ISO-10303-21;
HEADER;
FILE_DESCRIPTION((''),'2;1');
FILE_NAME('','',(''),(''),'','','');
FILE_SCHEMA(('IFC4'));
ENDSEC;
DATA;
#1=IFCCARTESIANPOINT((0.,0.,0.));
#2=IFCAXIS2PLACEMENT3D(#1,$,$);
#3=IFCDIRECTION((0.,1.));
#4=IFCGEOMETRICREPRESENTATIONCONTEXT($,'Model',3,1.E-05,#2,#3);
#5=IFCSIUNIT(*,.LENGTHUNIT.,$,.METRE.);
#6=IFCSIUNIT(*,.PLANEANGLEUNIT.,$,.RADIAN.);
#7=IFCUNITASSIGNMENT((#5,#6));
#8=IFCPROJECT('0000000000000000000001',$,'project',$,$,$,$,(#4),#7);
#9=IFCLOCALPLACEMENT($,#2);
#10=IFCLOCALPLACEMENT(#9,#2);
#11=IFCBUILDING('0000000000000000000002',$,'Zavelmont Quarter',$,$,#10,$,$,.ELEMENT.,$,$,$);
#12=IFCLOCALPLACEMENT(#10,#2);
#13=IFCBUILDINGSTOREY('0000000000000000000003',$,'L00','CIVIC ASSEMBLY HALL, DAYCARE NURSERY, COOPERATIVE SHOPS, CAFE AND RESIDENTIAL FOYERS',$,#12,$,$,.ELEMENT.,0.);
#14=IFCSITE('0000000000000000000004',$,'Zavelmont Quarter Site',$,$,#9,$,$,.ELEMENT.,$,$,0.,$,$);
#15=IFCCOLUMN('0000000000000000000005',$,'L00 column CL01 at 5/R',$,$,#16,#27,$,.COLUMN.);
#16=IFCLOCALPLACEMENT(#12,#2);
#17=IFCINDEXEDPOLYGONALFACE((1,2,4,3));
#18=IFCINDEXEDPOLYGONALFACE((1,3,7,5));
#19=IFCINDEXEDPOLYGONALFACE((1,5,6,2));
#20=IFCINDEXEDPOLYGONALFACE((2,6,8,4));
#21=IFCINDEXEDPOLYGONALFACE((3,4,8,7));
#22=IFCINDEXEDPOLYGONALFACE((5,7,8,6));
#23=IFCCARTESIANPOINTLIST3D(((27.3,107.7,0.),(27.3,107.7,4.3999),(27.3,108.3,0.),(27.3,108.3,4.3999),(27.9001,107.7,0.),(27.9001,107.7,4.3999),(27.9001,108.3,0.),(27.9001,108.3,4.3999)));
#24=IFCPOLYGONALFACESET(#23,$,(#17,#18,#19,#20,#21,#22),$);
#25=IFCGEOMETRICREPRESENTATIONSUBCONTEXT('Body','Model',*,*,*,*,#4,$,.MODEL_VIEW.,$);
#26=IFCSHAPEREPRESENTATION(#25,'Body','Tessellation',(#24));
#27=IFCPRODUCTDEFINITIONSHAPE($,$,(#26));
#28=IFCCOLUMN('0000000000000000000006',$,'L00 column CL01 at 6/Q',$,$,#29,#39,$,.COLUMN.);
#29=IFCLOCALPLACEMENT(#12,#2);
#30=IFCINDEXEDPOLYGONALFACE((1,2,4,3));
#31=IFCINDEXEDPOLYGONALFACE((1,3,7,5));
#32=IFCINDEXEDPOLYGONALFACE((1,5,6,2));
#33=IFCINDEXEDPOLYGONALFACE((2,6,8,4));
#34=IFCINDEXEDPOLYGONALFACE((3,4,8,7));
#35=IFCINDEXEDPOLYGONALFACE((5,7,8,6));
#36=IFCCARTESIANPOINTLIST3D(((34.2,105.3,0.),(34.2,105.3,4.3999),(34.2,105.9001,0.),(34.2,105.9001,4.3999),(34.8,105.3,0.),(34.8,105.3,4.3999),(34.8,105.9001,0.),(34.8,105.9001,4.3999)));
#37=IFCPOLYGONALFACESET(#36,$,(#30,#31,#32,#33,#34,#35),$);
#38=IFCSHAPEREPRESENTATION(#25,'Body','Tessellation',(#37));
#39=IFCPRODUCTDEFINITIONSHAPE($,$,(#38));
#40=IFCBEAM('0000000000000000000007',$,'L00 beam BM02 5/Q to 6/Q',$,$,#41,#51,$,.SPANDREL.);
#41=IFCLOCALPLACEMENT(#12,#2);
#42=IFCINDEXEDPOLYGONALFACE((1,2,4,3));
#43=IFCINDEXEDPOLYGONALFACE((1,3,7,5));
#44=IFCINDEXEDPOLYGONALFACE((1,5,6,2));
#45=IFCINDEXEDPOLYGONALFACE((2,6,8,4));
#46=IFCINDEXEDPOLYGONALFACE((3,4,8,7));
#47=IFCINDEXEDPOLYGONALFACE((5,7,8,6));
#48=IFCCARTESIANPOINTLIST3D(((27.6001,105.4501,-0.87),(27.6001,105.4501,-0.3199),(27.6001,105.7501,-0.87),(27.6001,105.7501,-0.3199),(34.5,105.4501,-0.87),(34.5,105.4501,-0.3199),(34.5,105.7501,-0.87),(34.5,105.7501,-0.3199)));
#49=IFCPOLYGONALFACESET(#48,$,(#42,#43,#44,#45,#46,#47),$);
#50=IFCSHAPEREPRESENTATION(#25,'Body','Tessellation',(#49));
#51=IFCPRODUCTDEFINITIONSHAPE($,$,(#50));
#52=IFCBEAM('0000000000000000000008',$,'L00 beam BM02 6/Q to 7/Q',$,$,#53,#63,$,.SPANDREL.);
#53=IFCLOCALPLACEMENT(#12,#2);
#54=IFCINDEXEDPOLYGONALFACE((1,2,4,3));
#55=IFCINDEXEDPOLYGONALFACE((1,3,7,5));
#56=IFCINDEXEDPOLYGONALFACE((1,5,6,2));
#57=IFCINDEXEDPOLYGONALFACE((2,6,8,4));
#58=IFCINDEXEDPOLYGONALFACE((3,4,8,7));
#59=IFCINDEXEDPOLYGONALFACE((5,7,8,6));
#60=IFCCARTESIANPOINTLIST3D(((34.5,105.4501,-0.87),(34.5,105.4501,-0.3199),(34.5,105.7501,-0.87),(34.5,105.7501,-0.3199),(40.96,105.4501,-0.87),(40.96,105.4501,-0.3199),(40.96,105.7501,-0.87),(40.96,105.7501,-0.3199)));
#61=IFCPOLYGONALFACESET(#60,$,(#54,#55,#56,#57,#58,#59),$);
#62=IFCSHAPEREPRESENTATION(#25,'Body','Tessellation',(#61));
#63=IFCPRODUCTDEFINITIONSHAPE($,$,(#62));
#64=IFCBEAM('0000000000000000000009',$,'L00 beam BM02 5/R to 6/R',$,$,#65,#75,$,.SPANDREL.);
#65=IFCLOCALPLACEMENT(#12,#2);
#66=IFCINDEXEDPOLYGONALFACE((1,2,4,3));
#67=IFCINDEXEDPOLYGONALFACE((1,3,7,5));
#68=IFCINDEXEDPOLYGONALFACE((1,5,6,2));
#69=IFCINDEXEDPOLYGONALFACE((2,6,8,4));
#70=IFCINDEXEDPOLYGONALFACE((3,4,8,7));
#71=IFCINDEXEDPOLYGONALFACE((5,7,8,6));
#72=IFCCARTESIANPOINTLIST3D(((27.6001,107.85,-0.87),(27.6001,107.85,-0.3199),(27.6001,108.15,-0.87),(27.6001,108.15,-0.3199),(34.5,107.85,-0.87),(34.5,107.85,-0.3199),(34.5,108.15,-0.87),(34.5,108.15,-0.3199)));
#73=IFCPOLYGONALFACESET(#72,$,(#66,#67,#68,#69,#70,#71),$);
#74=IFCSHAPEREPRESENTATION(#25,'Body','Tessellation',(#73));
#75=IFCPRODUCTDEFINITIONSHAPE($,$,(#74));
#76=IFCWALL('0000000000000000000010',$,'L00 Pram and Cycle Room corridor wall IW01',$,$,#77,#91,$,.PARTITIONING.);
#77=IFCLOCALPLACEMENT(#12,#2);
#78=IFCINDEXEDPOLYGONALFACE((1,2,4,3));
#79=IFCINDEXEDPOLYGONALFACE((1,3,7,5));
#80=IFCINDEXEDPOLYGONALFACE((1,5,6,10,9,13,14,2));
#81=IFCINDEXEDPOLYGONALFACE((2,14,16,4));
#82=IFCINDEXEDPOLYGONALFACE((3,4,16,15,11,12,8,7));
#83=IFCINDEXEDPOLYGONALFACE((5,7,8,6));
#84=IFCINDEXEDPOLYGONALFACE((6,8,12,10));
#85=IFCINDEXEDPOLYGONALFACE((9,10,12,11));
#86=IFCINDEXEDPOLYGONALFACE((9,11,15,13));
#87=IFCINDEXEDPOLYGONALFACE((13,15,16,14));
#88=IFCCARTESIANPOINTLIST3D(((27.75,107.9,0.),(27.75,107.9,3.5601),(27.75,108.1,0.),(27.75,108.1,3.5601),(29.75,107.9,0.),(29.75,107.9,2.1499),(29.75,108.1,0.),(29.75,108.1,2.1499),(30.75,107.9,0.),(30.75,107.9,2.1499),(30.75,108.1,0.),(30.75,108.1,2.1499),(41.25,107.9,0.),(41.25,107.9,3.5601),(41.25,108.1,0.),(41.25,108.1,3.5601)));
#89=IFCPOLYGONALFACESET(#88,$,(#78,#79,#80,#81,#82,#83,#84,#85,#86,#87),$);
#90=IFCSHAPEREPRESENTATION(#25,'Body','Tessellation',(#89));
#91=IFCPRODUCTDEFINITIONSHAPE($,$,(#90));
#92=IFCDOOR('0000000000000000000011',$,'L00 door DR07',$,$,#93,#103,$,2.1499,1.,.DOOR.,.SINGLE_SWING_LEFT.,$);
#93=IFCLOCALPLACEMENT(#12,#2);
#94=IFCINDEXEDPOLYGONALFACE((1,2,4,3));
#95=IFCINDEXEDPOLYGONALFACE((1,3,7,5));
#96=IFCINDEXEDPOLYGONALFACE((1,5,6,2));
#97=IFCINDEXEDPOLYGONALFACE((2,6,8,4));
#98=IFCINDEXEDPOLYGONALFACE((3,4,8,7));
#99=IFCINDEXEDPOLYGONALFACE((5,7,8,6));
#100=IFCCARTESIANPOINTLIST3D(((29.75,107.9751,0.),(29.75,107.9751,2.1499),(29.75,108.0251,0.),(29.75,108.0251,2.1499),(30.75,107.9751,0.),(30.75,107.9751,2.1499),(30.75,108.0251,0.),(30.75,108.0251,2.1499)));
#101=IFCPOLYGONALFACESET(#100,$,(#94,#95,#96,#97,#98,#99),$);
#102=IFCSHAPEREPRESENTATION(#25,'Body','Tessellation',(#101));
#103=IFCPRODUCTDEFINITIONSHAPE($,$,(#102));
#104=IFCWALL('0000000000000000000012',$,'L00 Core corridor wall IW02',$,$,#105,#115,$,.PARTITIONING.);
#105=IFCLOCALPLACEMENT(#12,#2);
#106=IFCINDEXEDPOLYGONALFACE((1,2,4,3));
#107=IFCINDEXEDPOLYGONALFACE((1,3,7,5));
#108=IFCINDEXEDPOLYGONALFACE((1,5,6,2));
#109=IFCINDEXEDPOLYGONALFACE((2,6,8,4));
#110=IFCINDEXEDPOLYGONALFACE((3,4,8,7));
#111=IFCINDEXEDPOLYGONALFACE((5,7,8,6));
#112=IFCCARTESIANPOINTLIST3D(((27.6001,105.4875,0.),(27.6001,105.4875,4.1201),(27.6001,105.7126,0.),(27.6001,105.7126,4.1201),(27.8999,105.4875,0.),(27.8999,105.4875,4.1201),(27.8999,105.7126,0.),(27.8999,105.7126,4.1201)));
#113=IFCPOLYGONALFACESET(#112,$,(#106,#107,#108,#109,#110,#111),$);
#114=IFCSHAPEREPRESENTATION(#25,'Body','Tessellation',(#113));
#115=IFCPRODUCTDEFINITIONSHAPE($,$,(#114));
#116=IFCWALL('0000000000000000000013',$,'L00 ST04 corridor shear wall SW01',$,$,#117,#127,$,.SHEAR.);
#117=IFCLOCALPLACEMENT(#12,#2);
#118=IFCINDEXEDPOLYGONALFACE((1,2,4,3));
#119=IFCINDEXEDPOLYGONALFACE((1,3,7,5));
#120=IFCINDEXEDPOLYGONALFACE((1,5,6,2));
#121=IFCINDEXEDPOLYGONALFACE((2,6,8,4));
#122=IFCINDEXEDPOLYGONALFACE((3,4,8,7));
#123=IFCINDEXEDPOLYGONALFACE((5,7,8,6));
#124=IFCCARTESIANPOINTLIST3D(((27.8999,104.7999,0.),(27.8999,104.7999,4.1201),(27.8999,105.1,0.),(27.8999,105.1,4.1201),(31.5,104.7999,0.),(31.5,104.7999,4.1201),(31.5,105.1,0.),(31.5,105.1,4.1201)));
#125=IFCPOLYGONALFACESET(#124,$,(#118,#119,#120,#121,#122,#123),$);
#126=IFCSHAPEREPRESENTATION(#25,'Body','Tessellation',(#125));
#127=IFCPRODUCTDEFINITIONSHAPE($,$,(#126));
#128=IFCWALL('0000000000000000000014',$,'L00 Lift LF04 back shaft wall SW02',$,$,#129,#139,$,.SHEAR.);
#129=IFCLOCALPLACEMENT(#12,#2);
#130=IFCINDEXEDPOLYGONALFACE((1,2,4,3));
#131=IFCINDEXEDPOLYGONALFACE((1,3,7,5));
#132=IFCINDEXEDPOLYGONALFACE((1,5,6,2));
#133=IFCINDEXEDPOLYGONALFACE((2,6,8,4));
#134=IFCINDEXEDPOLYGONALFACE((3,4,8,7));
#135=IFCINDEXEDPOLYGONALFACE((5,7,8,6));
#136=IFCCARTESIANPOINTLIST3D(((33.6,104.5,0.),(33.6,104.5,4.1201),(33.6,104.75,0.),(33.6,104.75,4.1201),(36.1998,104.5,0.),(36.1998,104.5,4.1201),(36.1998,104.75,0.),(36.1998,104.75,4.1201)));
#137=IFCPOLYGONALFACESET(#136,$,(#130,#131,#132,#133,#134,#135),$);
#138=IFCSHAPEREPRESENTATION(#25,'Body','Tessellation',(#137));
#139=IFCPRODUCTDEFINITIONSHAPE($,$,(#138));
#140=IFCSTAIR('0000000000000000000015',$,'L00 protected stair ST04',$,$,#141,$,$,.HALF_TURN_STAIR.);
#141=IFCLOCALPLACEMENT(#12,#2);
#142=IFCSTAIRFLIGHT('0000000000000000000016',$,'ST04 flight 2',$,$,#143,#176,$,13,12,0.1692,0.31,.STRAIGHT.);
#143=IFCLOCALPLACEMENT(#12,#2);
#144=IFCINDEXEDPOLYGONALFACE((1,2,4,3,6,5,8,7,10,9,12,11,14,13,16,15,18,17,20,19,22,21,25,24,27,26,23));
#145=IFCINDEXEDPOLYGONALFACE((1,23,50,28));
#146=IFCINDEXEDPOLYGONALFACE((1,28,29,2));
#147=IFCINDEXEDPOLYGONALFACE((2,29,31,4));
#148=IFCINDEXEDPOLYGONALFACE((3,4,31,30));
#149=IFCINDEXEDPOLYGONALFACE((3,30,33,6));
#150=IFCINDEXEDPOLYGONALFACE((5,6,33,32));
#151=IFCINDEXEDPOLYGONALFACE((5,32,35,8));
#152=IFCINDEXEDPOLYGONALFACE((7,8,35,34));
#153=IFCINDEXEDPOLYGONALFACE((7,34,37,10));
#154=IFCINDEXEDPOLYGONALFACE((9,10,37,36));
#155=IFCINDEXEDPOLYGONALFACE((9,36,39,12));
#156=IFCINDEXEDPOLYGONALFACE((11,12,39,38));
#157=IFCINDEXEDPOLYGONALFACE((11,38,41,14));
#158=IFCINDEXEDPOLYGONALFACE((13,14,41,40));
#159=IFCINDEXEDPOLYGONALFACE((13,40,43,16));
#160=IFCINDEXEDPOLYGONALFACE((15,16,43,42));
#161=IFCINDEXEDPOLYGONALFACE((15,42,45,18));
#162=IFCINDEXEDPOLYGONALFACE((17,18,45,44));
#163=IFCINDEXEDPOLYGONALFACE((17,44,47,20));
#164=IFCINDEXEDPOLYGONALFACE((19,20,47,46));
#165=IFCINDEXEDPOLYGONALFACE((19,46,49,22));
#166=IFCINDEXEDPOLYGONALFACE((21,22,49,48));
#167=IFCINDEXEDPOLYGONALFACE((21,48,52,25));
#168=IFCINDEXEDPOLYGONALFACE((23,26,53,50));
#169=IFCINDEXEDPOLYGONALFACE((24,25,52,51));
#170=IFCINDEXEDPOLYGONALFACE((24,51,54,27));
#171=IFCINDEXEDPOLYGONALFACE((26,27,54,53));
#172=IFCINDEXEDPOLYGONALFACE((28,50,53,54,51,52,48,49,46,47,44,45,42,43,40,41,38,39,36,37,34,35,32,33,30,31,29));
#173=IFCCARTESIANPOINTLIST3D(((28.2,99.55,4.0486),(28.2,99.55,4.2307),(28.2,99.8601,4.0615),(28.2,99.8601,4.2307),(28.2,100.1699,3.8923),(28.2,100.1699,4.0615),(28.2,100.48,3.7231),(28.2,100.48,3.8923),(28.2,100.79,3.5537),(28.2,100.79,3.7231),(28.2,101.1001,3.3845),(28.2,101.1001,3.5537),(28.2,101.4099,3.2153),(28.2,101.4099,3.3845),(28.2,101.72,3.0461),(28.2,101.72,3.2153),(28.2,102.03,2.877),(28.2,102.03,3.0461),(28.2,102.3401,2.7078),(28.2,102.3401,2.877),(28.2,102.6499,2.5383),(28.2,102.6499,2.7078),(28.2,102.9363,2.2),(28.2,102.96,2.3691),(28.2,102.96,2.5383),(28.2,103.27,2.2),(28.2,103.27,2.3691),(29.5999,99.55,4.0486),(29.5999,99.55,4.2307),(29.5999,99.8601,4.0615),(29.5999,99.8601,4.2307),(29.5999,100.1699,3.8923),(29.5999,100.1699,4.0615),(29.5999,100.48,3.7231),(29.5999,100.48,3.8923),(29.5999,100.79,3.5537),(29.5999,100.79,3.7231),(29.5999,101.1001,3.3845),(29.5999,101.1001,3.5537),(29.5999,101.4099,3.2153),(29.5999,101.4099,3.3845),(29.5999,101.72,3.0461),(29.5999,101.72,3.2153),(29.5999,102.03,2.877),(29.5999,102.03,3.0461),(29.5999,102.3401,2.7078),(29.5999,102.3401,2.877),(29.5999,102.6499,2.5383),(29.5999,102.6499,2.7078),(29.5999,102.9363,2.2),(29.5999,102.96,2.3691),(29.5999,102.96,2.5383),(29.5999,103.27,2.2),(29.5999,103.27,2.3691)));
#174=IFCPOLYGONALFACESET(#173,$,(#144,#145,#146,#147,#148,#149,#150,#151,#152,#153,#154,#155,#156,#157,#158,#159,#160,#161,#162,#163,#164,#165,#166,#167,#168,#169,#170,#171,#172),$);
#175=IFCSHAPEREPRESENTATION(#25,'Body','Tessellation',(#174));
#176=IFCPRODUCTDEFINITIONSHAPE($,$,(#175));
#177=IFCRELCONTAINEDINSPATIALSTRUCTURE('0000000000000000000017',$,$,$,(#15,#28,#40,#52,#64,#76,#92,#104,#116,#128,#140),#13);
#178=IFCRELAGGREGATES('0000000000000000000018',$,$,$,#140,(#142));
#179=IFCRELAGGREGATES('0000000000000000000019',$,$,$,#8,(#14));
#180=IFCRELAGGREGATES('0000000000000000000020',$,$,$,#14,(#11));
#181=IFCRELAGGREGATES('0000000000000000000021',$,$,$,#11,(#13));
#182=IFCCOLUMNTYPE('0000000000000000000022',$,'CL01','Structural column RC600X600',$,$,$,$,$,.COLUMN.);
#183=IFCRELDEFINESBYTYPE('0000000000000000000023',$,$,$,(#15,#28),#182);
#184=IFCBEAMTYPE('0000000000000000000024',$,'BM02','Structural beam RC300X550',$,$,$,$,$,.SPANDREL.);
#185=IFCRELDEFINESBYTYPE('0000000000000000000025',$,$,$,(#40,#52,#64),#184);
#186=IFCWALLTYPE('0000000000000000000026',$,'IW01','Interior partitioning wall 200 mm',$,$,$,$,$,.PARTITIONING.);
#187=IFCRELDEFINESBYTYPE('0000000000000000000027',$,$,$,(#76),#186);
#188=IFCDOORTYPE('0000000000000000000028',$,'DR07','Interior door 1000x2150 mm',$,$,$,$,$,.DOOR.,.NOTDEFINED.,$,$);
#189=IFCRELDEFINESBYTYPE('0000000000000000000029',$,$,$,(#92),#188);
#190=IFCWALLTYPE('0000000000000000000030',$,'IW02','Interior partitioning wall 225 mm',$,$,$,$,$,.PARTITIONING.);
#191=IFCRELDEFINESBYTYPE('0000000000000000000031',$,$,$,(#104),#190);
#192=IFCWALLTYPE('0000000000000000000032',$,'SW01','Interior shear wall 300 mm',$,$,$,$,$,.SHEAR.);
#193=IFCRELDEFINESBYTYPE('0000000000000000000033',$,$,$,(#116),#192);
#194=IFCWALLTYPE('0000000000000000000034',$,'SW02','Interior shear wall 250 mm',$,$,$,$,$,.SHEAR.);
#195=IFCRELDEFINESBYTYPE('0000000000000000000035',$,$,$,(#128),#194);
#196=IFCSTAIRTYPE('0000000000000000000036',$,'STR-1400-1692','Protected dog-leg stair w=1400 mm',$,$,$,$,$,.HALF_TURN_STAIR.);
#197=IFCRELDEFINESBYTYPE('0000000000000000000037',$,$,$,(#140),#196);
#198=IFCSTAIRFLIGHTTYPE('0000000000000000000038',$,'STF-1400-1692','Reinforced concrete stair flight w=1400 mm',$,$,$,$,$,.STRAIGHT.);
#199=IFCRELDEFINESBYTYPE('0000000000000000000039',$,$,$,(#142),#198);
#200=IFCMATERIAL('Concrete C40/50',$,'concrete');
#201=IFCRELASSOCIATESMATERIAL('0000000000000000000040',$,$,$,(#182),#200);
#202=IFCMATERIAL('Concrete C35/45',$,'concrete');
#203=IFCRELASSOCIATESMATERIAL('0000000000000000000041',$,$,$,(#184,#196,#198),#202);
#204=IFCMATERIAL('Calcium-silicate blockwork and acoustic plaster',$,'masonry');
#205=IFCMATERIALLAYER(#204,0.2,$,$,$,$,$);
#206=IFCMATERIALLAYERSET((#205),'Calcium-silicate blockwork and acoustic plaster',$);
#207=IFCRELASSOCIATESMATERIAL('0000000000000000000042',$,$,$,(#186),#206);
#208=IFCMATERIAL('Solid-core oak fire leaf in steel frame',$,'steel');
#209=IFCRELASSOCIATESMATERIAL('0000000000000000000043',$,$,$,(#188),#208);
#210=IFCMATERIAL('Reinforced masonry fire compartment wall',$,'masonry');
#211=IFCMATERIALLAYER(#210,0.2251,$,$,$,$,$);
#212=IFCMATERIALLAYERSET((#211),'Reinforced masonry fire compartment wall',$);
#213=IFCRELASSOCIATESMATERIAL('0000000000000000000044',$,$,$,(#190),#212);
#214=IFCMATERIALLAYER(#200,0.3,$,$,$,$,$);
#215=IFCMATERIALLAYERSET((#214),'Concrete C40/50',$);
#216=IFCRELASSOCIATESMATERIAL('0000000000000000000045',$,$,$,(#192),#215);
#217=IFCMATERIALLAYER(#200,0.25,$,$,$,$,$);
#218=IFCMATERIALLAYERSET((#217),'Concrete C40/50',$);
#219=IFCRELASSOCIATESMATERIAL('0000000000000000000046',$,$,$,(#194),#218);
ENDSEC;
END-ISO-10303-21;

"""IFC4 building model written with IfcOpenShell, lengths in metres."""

from ifc_helpers import new_model, si_unit, direction, frame, frame_2d, origin, origin_2d, place, context, subcontext, project, spatial, polyline, rectangle, outline, extrude, material, layer, layer_set, material_profile, profile_set, type_object, element, fill, aggregate, save


model = new_model("IFC4")

# Units and contexts
model_context = context("Model", 3, precision=1e-05, world=origin(), true_north=direction((0.0, 1.0)))
body_context = subcontext(model_context, "Body", "Model", "MODEL_VIEW")
ifc_project = project(units=[si_unit("LENGTHUNIT", "METRE"), si_unit("PLANEANGLEUNIT", "RADIAN")], contexts=[model_context])

# Site, building, storey
site_placement = place(None, origin())
site = spatial("IfcSite", under=ifc_project, at=site_placement, Name="Zavelmont Quarter Site", CompositionType="ELEMENT", RefElevation=0.0)
building_placement = place(site_placement, origin())
building = spatial("IfcBuilding", under=site, at=building_placement, Name="Zavelmont Quarter", CompositionType="ELEMENT")
storey_placement = place(building_placement, origin())
storey = spatial("IfcBuildingStorey", under=building, at=storey_placement, Name="L00", Description="CIVIC ASSEMBLY HALL, DAYCARE NURSERY, COOPERATIVE SHOPS, CAFE AND RESIDENTIAL FOYERS", CompositionType="ELEMENT", Elevation=0.0)

# Columns
ifc_material_1 = material(Name="Concrete C40/50", Category="concrete")
ifc_material_profile_1 = material_profile(ifc_material_1, rectangle(XDim=0.6001, YDim=0.6001, at=origin_2d()), Name="RC600X600")
ifc_profile_set_1 = profile_set([ifc_material_profile_1], Name="Concrete C40/50")
column_type = type_object("IfcColumnType", Name="CL01", Description="Structural column RC600X600", PredefinedType="COLUMN", material=ifc_profile_set_1)
for number, where, z_axis, x_axis, name in (
    (1, (27.6001, 108.0, 0.0), (0.0, 0.0, 1.0), (1.0, 0.0, 0.0), "L00 column CL01 at 5/R"),
    (2, (34.5, 105.6001, 0.0), (0.0, 0.0, 1.0), (1.0, 0.0, 0.0), "L00 column CL01 at 6/Q"),
):
    element("IfcColumn", number, at=place(storey_placement, frame(where, z_axis=z_axis, x_axis=x_axis)), inside=storey, type_object=column_type, Name=name, PredefinedType="COLUMN", context=body_context, shape_type="SweptSolid", body=[
        extrude(rectangle(XDim=0.6001, YDim=0.6001, at=origin_2d()), origin(), (0.0, 0.0, 1.0), 4.3999),
    ])

# Beams
ifc_material_2 = material(Name="Concrete C35/45", Category="concrete")
ifc_material_profile_2 = material_profile(ifc_material_2, rectangle(XDim=0.3, YDim=0.55, at=origin_2d()), Name="RC300X550")
ifc_profile_set_2 = profile_set([ifc_material_profile_2], Name="Concrete C35/45")
beam_type = type_object("IfcBeamType", Name="BM02", Description="Structural beam RC300X550", PredefinedType="SPANDREL", material=ifc_profile_set_2)
beam_1_placement = place(storey_placement, frame((27.6001, 105.6001, -0.595), z_axis=(1.0, 0.0, 0.0), x_axis=(0.0, 1.0, 0.0)))
element("IfcBeam", 3, at=beam_1_placement, inside=storey, type_object=beam_type, Name="L00 beam BM02 5/Q to 6/Q", PredefinedType="SPANDREL", context=body_context, shape_type="SweptSolid", body=[
    extrude(rectangle(XDim=0.3, YDim=0.55, at=origin_2d()), origin(), (0.0, 0.0, 1.0), 6.8999),
])
beam_2_placement = place(storey_placement, frame((34.5, 105.6001, -0.595), z_axis=(1.0, 0.0, 0.0), x_axis=(0.0, 1.0, 0.0)))
element("IfcBeam", 4, at=beam_2_placement, inside=storey, type_object=beam_type, Name="L00 beam BM02 6/Q to 7/Q", PredefinedType="SPANDREL", context=body_context, shape_type="SweptSolid", body=[
    extrude(rectangle(XDim=0.3, YDim=0.55, at=origin_2d()), origin(), (0.0, 0.0, 1.0), 6.46),
])
beam_3_placement = place(storey_placement, frame((27.6001, 108.0, -0.595), z_axis=(1.0, 0.0, 0.0), x_axis=(0.0, 1.0, 0.0)))
element("IfcBeam", 5, at=beam_3_placement, inside=storey, type_object=beam_type, Name="L00 beam BM02 5/R to 6/R", PredefinedType="SPANDREL", context=body_context, shape_type="SweptSolid", body=[
    extrude(rectangle(XDim=0.3, YDim=0.55, at=origin_2d()), origin(), (0.0, 0.0, 1.0), 6.8999),
])

# Wall, opening, door
ifc_material_3 = material(Name="Calcium-silicate blockwork and acoustic plaster", Category="masonry")
ifc_layer_1 = layer(ifc_material_3, 0.2)
ifc_layer_set_1 = layer_set([ifc_layer_1], Name="Calcium-silicate blockwork and acoustic plaster")
wall_type_1 = type_object("IfcWallType", Name="IW01", Description="Interior partitioning wall 200 mm", PredefinedType="PARTITIONING", material=ifc_layer_set_1)
wall_1_placement = place(storey_placement, frame((27.75, 108.0, 0.0), z_axis=(0.0, 0.0, 1.0), x_axis=(1.0, 0.0, 0.0)))
wall_1 = element("IfcWall", 6, at=wall_1_placement, inside=storey, type_object=wall_type_1, Name="L00 Pram and Cycle Room corridor wall IW01", PredefinedType="PARTITIONING", context=body_context, shape_type="SweptSolid", body=[
    extrude(rectangle(XDim=13.5, YDim=0.2, at=frame_2d((6.75, 0.0))), origin(), (0.0, 0.0, 1.0), 3.5601),
])
opening_1_placement = place(wall_1_placement, frame((2.0, 0.0, 0.0)))
opening_1 = element("IfcOpeningElement", 7, at=opening_1_placement, cuts=wall_1, PredefinedType="OPENING", context=body_context, shape_type="SweptSolid", body=[
    extrude(rectangle(XDim=1.0, YDim=2.1499, at=frame_2d((0.5, 1.075))), frame((0.0, 0.1118, 0.0), z_axis=(0.0, -1.0, 0.0), x_axis=(1.0, 0.0, 0.0)), (0.0, 0.0, 1.0), 0.2239),
])
ifc_material_4 = material(Name="Solid-core oak fire leaf in steel frame", Category="steel")
door_type_1 = type_object("IfcDoorType", Name="DR07", Description="Interior door 1000x2150 mm", OperationType="NOTDEFINED", PredefinedType="DOOR", material=ifc_material_4)
door_1_placement = place(opening_1_placement, frame((1.0, 0.0, 0.0), z_axis=(0.0, 0.0, 1.0), x_axis=(-1.0, 0.0, 0.0)))
door_1 = element("IfcDoor", 8, at=door_1_placement, inside=storey, type_object=door_type_1, Name="L00 door DR07", OperationType="SINGLE_SWING_LEFT", OverallHeight=2.1499, OverallWidth=1.0, PredefinedType="DOOR", context=body_context, shape_type="SweptSolid", body=[
    extrude(rectangle(XDim=1.0, YDim=2.1499, at=frame_2d((0.5, 1.075))), frame((0.0, 0.0249, 0.0), z_axis=(0.0, -1.0, 0.0), x_axis=(1.0, 0.0, 0.0)), (0.0, 0.0, 1.0), 0.05),
])
fill(opening_1, door_1)

# Wall
ifc_material_5 = material(Name="Reinforced masonry fire compartment wall", Category="masonry")
ifc_layer_2 = layer(ifc_material_5, 0.2251)
ifc_layer_set_2 = layer_set([ifc_layer_2], Name="Reinforced masonry fire compartment wall")
wall_type_2 = type_object("IfcWallType", Name="IW02", Description="Interior partitioning wall 225 mm", PredefinedType="PARTITIONING", material=ifc_layer_set_2)
wall_2_placement = place(storey_placement, frame((27.6001, 105.6001, 0.0), z_axis=(0.0, 0.0, 1.0), x_axis=(1.0, 0.0, 0.0)))
element("IfcWall", 9, at=wall_2_placement, inside=storey, type_object=wall_type_2, Name="L00 Core corridor wall IW02", PredefinedType="PARTITIONING", context=body_context, shape_type="SweptSolid", body=[
    extrude(rectangle(XDim=0.2998, YDim=0.2251, at=frame_2d((0.1499, 0.0))), origin(), (0.0, 0.0, 1.0), 4.1201),
])

# Walls
ifc_layer_3 = layer(ifc_material_1, 0.3)
ifc_layer_set_3 = layer_set([ifc_layer_3], Name="Concrete C40/50")
wall_type_3 = type_object("IfcWallType", Name="SW01", Description="Interior shear wall 300 mm", PredefinedType="SHEAR", material=ifc_layer_set_3)
wall_3_placement = place(storey_placement, frame((27.8999, 104.95, 0.0), z_axis=(0.0, 0.0, 1.0), x_axis=(1.0, 0.0, 0.0)))
element("IfcWall", 10, at=wall_3_placement, inside=storey, type_object=wall_type_3, Name="L00 ST04 corridor shear wall SW01", PredefinedType="SHEAR", context=body_context, shape_type="SweptSolid", body=[
    extrude(rectangle(XDim=3.6001, YDim=0.3, at=frame_2d((1.8, 0.0))), origin(), (0.0, 0.0, 1.0), 4.1201),
])
ifc_layer_4 = layer(ifc_material_1, 0.25)
ifc_layer_set_4 = layer_set([ifc_layer_4], Name="Concrete C40/50")
wall_type_4 = type_object("IfcWallType", Name="SW02", Description="Interior shear wall 250 mm", PredefinedType="SHEAR", material=ifc_layer_set_4)
wall_4_placement = place(storey_placement, frame((33.6001, 104.625, 0.0), z_axis=(0.0, 0.0, 1.0), x_axis=(1.0, 0.0, 0.0)))
element("IfcWall", 11, at=wall_4_placement, inside=storey, type_object=wall_type_4, Name="L00 Lift LF04 back shaft wall SW02", PredefinedType="SHEAR", context=body_context, shape_type="SweptSolid", body=[
    extrude(rectangle(XDim=2.5999, YDim=0.25, at=frame_2d((1.2998, 0.0))), origin(), (0.0, 0.0, 1.0), 4.1201),
])

# Stair, stair flight
stair_type = type_object("IfcStairType", Name="STR-1400-1692", Description="Protected dog-leg stair w=1400 mm", PredefinedType="HALF_TURN_STAIR", material=ifc_material_2)
stair_placement = place(storey_placement, origin())
stair = element("IfcStair", 12, at=stair_placement, inside=storey, type_object=stair_type, Name="L00 protected stair ST04", PredefinedType="HALF_TURN_STAIR")
stair_flight_type = type_object("IfcStairFlightType", Name="STF-1400-1692", Description="Reinforced concrete stair flight w=1400 mm", PredefinedType="STRAIGHT", material=ifc_material_2)
stair_flight_placement = place(storey_placement, frame((28.8999, 103.27, 2.2), z_axis=(0.0, 0.0, 1.0), x_axis=(0.0, -1.0, 0.0)))
stair_flight = element("IfcStairFlight", 13, at=stair_flight_placement, type_object=stair_flight_type, Name="ST04 flight 2", NumberOfRisers=13, NumberOfTreads=12, PredefinedType="STRAIGHT", RiserHeight=0.1692, TreadLength=0.31, context=body_context, shape_type="SweptSolid", body=[
    extrude(outline(polyline([(0.0, 0.0), (0.0, 0.1692), (0.3101, 0.1692), (0.3101, 0.3384), (0.6201, 0.3384), (0.6201, 0.5078), (0.9299, 0.5078), (0.9299, 0.677), (1.24, 0.677), (1.24, 0.8462), (1.55, 0.8462), (1.55, 1.0154), (1.8601, 1.0154), (1.8601, 1.1846), (2.1699, 1.1846), (2.1699, 1.3538), (2.48, 1.3538), (2.48, 1.5232), (2.79, 1.5232), (2.79, 1.6924), (3.1001, 1.6924), (3.1001, 1.8616), (3.4099, 1.8616), (3.4099, 2.0308), (3.72, 2.0308), (3.72, 2.2), (3.72, 1.8486), (0.3337, 0.0), (0.0, 0.0)])), frame((0.0, 0.7, 0.0), z_axis=(0.0, -1.0, 0.0), x_axis=(1.0, 0.0, 0.0)), (0.0, 0.0, 1.0), 1.3999),
])
aggregate(stair, [stair_flight])

save(model, "model.ifc")
